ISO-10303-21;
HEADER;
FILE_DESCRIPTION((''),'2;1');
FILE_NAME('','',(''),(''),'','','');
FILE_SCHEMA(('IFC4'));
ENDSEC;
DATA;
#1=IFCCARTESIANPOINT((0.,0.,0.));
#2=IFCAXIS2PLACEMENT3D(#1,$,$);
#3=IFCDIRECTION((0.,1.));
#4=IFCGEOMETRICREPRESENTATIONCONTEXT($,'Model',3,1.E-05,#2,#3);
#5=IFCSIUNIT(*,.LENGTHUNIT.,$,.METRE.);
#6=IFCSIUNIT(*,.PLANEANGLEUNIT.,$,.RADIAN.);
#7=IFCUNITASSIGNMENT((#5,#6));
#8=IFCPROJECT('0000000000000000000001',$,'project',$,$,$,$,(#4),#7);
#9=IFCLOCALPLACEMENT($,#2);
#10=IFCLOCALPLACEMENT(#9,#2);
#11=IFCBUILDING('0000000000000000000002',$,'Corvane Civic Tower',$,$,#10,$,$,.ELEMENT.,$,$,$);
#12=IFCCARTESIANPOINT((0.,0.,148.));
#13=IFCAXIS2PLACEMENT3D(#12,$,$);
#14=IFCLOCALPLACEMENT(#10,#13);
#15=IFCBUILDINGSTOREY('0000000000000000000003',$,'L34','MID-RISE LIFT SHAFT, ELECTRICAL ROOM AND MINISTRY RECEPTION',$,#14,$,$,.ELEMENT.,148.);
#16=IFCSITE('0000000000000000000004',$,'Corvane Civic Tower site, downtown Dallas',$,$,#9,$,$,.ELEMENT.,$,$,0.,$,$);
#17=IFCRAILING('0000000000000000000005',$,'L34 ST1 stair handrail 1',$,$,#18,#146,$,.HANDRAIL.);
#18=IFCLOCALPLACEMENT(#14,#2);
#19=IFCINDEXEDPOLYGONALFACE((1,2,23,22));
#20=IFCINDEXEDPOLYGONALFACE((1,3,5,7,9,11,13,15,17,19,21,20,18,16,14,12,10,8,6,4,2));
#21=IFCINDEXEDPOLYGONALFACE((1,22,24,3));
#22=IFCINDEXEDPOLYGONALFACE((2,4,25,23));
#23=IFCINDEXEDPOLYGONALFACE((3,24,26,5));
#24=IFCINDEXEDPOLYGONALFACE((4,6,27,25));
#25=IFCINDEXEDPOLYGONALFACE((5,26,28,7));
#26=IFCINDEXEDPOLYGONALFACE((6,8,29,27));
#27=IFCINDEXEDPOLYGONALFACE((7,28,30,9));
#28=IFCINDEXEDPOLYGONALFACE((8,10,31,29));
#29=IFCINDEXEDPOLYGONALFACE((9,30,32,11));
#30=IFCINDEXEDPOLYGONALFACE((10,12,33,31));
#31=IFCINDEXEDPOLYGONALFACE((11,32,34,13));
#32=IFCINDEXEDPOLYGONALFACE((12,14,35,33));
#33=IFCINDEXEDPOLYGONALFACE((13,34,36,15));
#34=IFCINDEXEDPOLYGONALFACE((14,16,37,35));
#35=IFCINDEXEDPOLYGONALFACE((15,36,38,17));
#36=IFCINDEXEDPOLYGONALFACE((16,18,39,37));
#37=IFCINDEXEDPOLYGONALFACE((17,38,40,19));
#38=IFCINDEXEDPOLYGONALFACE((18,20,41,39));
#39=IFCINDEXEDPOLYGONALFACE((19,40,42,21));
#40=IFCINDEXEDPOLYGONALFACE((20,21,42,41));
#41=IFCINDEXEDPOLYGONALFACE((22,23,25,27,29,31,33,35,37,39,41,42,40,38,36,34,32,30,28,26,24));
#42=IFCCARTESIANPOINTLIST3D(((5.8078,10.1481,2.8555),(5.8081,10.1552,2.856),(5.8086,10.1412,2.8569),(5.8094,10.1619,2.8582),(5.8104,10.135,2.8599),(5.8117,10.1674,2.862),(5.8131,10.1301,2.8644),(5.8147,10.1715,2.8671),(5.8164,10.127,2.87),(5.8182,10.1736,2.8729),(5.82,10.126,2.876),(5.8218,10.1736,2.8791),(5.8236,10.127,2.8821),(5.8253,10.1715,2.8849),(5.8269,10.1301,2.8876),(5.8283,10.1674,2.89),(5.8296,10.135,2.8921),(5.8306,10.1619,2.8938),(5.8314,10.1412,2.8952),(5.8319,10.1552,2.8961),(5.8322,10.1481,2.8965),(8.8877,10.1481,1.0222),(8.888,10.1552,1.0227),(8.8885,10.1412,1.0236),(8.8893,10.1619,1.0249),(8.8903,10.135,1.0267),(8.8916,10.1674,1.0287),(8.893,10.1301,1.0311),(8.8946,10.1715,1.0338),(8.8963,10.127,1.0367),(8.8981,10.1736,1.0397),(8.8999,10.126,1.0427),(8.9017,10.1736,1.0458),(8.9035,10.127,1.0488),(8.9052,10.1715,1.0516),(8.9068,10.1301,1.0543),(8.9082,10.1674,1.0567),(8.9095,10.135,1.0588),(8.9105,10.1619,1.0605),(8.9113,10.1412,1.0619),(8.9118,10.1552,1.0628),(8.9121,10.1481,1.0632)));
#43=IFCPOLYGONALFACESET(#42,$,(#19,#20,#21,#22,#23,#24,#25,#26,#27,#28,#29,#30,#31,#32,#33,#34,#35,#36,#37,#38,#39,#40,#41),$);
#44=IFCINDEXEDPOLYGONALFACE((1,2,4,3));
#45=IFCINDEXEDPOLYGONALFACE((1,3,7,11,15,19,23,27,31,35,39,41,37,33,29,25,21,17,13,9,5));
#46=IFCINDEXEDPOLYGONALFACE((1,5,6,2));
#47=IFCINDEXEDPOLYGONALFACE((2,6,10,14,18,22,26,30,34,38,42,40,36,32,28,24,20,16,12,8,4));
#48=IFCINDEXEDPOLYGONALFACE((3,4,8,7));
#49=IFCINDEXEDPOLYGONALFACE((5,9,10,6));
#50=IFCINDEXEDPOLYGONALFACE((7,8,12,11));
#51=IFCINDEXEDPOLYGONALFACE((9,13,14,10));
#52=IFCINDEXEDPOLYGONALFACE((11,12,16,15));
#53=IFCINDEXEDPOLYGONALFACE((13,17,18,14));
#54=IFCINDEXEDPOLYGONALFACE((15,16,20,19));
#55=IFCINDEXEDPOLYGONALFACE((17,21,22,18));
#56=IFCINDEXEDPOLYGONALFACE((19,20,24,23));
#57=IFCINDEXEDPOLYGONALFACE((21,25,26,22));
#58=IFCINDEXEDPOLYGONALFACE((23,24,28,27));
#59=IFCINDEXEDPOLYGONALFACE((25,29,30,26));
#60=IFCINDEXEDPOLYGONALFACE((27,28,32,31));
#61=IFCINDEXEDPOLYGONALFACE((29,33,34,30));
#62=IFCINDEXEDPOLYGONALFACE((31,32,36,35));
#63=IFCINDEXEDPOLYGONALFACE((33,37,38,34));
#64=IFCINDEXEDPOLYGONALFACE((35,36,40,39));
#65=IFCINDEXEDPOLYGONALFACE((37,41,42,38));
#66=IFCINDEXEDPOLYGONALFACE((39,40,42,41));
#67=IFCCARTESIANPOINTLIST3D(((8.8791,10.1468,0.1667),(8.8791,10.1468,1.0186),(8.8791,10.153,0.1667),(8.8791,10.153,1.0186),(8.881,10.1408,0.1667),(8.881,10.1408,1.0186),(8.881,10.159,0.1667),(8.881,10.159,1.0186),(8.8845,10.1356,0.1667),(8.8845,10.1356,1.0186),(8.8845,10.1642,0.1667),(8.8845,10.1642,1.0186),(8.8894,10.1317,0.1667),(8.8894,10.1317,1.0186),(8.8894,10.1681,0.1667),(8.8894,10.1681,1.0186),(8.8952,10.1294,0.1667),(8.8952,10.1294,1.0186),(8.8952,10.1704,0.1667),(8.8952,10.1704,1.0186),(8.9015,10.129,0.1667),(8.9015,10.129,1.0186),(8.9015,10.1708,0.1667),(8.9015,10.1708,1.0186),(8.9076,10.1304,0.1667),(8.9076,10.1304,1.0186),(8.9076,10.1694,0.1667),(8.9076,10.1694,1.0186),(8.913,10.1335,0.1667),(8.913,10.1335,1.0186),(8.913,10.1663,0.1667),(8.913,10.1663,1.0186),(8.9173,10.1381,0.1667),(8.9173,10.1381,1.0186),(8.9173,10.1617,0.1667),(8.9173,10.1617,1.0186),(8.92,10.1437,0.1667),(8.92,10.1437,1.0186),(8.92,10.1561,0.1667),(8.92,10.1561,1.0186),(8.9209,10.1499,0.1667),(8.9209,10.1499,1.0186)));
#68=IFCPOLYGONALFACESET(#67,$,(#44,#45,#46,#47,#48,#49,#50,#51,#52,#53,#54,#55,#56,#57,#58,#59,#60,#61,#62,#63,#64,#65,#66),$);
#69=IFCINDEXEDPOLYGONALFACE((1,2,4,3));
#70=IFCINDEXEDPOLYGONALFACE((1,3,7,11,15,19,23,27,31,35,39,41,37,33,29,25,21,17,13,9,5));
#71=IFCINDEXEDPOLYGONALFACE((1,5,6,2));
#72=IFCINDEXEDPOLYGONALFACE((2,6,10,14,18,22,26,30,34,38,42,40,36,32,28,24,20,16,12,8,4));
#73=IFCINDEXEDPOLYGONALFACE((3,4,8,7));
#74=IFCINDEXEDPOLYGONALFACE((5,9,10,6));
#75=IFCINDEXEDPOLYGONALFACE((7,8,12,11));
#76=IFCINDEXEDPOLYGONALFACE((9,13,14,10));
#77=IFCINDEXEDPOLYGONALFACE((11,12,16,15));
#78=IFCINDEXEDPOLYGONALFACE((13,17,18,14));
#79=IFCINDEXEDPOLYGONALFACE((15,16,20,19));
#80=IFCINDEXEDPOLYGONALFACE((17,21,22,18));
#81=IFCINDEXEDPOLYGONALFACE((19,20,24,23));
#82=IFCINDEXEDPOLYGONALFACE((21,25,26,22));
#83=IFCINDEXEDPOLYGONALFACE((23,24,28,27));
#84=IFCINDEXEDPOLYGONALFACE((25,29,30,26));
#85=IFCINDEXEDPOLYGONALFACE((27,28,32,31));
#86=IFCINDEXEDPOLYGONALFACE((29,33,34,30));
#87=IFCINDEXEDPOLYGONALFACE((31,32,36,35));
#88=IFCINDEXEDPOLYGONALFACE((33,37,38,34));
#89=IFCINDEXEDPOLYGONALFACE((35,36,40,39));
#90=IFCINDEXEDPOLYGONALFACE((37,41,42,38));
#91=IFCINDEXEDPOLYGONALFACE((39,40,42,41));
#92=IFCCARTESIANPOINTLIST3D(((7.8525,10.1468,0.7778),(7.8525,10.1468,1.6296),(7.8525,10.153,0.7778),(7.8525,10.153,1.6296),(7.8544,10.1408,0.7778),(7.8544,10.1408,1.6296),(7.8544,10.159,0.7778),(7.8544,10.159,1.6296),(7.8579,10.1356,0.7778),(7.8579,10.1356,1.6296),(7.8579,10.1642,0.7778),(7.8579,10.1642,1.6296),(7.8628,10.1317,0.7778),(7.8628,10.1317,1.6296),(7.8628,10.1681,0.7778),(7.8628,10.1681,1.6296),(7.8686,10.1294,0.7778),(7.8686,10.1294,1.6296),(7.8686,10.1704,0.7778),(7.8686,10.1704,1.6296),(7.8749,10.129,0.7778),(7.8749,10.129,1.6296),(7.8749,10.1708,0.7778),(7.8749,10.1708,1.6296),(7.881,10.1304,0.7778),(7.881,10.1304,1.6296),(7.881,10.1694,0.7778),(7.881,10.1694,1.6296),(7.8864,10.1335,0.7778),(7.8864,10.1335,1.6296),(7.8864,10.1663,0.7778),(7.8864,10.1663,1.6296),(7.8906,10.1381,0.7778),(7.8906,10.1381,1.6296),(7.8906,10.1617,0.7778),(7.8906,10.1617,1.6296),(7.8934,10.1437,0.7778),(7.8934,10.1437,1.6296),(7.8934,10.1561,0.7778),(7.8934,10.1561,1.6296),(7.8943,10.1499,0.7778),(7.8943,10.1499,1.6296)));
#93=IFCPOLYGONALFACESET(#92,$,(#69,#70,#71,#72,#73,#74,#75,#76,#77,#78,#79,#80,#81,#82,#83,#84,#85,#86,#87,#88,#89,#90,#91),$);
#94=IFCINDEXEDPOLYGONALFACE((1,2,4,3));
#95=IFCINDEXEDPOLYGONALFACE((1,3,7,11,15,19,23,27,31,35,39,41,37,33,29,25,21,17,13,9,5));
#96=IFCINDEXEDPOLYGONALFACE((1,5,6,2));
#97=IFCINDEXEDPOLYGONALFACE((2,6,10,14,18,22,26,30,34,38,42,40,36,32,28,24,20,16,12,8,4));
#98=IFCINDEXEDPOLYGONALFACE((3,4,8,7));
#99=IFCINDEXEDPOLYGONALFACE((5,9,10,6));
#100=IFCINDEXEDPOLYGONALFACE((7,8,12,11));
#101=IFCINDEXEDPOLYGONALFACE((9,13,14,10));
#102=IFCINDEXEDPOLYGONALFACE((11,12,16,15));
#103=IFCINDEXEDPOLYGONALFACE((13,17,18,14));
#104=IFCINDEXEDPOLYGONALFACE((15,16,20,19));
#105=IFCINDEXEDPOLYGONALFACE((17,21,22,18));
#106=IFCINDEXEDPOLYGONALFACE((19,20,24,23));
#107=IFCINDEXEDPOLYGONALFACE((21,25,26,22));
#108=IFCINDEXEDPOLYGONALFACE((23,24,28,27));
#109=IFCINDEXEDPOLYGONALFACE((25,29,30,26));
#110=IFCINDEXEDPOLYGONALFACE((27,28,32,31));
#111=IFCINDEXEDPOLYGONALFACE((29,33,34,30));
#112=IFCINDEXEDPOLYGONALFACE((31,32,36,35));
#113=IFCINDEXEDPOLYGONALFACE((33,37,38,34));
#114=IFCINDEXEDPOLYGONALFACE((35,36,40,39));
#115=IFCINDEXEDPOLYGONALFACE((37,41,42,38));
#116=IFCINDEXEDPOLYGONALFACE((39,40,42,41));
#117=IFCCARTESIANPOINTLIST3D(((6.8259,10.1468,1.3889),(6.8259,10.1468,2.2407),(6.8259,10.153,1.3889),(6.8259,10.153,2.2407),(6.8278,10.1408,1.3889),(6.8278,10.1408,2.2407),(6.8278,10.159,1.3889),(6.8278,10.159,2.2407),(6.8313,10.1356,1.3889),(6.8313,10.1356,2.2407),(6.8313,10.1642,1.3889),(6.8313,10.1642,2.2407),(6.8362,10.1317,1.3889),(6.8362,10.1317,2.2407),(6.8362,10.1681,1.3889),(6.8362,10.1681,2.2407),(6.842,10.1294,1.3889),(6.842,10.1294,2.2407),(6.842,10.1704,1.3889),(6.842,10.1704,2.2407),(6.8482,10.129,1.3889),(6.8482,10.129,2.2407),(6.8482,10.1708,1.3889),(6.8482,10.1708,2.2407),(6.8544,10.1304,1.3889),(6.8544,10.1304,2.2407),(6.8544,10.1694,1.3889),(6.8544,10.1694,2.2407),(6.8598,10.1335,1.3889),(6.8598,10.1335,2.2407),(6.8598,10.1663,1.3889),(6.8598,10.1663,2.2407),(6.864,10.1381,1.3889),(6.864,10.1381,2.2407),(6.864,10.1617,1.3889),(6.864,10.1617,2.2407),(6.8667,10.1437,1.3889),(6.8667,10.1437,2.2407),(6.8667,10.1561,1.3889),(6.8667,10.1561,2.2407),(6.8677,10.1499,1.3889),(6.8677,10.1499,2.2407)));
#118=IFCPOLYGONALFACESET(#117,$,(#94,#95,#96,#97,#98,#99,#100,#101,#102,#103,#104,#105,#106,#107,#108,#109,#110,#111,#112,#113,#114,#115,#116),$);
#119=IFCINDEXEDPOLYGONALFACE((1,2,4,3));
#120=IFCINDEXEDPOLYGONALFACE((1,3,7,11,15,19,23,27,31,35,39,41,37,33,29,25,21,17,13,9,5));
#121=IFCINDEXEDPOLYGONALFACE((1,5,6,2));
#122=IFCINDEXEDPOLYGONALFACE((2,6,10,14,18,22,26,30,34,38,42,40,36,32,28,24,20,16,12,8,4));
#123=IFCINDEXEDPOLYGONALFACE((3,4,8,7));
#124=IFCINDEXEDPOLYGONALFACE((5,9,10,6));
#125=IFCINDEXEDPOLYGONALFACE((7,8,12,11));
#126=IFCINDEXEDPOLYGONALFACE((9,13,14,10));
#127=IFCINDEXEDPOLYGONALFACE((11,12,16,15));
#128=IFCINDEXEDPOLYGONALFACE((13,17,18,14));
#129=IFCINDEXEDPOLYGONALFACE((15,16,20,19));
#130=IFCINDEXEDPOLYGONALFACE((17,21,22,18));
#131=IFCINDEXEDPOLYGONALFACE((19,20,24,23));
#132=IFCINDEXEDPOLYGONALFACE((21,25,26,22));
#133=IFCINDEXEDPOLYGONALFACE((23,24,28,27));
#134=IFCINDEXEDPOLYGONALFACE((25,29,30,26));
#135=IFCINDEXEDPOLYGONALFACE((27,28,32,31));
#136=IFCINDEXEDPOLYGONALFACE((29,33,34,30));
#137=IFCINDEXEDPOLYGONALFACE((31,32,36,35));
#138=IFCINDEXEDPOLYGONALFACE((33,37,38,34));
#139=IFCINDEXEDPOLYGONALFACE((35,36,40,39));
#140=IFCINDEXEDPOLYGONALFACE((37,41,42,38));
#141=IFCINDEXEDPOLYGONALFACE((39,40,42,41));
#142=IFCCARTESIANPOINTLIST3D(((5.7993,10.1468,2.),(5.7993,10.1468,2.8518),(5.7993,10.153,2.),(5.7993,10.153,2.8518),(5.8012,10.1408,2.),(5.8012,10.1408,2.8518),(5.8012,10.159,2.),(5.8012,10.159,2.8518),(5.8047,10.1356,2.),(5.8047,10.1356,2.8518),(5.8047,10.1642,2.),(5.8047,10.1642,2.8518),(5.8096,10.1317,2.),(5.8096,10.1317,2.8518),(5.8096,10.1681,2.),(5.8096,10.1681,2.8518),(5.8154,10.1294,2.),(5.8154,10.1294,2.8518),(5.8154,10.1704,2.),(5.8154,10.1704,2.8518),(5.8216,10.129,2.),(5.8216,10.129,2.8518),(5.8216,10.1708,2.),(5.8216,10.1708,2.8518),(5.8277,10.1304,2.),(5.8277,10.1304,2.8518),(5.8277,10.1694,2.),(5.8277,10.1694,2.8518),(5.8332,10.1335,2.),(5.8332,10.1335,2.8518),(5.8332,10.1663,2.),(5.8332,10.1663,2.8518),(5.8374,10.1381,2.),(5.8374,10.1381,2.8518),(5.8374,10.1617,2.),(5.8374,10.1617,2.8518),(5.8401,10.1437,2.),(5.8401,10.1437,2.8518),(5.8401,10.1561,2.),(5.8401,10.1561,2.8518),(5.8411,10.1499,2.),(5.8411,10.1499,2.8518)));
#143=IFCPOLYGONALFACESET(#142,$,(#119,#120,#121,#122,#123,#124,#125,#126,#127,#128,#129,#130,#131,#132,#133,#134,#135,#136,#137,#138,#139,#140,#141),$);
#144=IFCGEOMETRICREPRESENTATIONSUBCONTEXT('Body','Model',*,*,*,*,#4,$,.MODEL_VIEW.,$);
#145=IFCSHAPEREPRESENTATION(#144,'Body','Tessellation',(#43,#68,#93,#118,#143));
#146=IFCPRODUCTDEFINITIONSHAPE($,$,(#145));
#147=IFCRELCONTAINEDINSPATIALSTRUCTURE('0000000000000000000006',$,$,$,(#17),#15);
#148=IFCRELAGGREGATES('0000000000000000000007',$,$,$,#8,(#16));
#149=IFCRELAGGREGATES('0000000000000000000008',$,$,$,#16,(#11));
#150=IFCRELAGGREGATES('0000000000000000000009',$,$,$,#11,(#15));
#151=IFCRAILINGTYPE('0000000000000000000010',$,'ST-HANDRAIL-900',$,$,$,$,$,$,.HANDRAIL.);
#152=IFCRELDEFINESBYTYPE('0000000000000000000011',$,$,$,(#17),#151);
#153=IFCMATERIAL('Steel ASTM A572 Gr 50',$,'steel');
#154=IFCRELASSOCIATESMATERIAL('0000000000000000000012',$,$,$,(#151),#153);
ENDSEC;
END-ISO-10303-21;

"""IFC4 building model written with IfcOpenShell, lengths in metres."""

from ifc_helpers import new_model, si_unit, direction, frame, origin, origin_2d, place, context, subcontext, project, spatial, circle, extrude, material, type_object, element, save


model = new_model("IFC4")

# Units and contexts
model_context = context("Model", 3, precision=1e-05, world=origin(), true_north=direction((0.0, 1.0)))
body_context = subcontext(model_context, "Body", "Model", "MODEL_VIEW")
ifc_project = project(units=[si_unit("LENGTHUNIT", "METRE"), si_unit("PLANEANGLEUNIT", "RADIAN")], contexts=[model_context])

# Site, building, storey
site_placement = place(None, origin())
site = spatial("IfcSite", under=ifc_project, at=site_placement, Name="Corvane Civic Tower site, downtown Dallas", CompositionType="ELEMENT", RefElevation=0.0)
building_placement = place(site_placement, origin())
building = spatial("IfcBuilding", under=site, at=building_placement, Name="Corvane Civic Tower", CompositionType="ELEMENT")
storey_placement = place(building_placement, frame((0.0, 0.0, 148.0)))
storey = spatial("IfcBuildingStorey", under=building, at=storey_placement, Name="L34", Description="MID-RISE LIFT SHAFT, ELECTRICAL ROOM AND MINISTRY RECEPTION", CompositionType="ELEMENT", Elevation=148.0)

# Railing
ifc_material_1 = material(Name="Steel ASTM A572 Gr 50", Category="steel")
railing_type_1 = type_object("IfcRailingType", Name="ST-HANDRAIL-900", PredefinedType="HANDRAIL", material=ifc_material_1)
railing_1_placement = place(storey_placement, frame((8.8999, 10.1499, 0.1667)))
element("IfcRailing", 1, at=railing_1_placement, inside=storey, type_object=railing_type_1, Name="L34 ST1 stair handrail 1", PredefinedType="HANDRAIL", context=body_context, shape_type="SweptSolid", body=[
    extrude(circle(Radius=0.0239, at=origin_2d()), frame((0.0, 0.0, 0.876), z_axis=(-0.859291, 0.0, 0.511487), x_axis=(0.0, -1.0, 0.0)), (0.0, 0.0, 1.0), 3.5842),
    extrude(circle(Radius=0.021, at=origin_2d()), origin(), (0.0, 0.0, 1.0), 0.8518),
    extrude(circle(Radius=0.021, at=origin_2d()), frame((-1.0266, 0.0, 0.6111)), (0.0, 0.0, 1.0), 0.8518),
    extrude(circle(Radius=0.021, at=origin_2d()), frame((-2.0532, 0.0, 1.2222)), (0.0, 0.0, 1.0), 0.8518),
    extrude(circle(Radius=0.021, at=origin_2d()), frame((-3.0798, 0.0, 1.8333)), (0.0, 0.0, 1.0), 0.8518),
])

save(model, "model.ifc")
